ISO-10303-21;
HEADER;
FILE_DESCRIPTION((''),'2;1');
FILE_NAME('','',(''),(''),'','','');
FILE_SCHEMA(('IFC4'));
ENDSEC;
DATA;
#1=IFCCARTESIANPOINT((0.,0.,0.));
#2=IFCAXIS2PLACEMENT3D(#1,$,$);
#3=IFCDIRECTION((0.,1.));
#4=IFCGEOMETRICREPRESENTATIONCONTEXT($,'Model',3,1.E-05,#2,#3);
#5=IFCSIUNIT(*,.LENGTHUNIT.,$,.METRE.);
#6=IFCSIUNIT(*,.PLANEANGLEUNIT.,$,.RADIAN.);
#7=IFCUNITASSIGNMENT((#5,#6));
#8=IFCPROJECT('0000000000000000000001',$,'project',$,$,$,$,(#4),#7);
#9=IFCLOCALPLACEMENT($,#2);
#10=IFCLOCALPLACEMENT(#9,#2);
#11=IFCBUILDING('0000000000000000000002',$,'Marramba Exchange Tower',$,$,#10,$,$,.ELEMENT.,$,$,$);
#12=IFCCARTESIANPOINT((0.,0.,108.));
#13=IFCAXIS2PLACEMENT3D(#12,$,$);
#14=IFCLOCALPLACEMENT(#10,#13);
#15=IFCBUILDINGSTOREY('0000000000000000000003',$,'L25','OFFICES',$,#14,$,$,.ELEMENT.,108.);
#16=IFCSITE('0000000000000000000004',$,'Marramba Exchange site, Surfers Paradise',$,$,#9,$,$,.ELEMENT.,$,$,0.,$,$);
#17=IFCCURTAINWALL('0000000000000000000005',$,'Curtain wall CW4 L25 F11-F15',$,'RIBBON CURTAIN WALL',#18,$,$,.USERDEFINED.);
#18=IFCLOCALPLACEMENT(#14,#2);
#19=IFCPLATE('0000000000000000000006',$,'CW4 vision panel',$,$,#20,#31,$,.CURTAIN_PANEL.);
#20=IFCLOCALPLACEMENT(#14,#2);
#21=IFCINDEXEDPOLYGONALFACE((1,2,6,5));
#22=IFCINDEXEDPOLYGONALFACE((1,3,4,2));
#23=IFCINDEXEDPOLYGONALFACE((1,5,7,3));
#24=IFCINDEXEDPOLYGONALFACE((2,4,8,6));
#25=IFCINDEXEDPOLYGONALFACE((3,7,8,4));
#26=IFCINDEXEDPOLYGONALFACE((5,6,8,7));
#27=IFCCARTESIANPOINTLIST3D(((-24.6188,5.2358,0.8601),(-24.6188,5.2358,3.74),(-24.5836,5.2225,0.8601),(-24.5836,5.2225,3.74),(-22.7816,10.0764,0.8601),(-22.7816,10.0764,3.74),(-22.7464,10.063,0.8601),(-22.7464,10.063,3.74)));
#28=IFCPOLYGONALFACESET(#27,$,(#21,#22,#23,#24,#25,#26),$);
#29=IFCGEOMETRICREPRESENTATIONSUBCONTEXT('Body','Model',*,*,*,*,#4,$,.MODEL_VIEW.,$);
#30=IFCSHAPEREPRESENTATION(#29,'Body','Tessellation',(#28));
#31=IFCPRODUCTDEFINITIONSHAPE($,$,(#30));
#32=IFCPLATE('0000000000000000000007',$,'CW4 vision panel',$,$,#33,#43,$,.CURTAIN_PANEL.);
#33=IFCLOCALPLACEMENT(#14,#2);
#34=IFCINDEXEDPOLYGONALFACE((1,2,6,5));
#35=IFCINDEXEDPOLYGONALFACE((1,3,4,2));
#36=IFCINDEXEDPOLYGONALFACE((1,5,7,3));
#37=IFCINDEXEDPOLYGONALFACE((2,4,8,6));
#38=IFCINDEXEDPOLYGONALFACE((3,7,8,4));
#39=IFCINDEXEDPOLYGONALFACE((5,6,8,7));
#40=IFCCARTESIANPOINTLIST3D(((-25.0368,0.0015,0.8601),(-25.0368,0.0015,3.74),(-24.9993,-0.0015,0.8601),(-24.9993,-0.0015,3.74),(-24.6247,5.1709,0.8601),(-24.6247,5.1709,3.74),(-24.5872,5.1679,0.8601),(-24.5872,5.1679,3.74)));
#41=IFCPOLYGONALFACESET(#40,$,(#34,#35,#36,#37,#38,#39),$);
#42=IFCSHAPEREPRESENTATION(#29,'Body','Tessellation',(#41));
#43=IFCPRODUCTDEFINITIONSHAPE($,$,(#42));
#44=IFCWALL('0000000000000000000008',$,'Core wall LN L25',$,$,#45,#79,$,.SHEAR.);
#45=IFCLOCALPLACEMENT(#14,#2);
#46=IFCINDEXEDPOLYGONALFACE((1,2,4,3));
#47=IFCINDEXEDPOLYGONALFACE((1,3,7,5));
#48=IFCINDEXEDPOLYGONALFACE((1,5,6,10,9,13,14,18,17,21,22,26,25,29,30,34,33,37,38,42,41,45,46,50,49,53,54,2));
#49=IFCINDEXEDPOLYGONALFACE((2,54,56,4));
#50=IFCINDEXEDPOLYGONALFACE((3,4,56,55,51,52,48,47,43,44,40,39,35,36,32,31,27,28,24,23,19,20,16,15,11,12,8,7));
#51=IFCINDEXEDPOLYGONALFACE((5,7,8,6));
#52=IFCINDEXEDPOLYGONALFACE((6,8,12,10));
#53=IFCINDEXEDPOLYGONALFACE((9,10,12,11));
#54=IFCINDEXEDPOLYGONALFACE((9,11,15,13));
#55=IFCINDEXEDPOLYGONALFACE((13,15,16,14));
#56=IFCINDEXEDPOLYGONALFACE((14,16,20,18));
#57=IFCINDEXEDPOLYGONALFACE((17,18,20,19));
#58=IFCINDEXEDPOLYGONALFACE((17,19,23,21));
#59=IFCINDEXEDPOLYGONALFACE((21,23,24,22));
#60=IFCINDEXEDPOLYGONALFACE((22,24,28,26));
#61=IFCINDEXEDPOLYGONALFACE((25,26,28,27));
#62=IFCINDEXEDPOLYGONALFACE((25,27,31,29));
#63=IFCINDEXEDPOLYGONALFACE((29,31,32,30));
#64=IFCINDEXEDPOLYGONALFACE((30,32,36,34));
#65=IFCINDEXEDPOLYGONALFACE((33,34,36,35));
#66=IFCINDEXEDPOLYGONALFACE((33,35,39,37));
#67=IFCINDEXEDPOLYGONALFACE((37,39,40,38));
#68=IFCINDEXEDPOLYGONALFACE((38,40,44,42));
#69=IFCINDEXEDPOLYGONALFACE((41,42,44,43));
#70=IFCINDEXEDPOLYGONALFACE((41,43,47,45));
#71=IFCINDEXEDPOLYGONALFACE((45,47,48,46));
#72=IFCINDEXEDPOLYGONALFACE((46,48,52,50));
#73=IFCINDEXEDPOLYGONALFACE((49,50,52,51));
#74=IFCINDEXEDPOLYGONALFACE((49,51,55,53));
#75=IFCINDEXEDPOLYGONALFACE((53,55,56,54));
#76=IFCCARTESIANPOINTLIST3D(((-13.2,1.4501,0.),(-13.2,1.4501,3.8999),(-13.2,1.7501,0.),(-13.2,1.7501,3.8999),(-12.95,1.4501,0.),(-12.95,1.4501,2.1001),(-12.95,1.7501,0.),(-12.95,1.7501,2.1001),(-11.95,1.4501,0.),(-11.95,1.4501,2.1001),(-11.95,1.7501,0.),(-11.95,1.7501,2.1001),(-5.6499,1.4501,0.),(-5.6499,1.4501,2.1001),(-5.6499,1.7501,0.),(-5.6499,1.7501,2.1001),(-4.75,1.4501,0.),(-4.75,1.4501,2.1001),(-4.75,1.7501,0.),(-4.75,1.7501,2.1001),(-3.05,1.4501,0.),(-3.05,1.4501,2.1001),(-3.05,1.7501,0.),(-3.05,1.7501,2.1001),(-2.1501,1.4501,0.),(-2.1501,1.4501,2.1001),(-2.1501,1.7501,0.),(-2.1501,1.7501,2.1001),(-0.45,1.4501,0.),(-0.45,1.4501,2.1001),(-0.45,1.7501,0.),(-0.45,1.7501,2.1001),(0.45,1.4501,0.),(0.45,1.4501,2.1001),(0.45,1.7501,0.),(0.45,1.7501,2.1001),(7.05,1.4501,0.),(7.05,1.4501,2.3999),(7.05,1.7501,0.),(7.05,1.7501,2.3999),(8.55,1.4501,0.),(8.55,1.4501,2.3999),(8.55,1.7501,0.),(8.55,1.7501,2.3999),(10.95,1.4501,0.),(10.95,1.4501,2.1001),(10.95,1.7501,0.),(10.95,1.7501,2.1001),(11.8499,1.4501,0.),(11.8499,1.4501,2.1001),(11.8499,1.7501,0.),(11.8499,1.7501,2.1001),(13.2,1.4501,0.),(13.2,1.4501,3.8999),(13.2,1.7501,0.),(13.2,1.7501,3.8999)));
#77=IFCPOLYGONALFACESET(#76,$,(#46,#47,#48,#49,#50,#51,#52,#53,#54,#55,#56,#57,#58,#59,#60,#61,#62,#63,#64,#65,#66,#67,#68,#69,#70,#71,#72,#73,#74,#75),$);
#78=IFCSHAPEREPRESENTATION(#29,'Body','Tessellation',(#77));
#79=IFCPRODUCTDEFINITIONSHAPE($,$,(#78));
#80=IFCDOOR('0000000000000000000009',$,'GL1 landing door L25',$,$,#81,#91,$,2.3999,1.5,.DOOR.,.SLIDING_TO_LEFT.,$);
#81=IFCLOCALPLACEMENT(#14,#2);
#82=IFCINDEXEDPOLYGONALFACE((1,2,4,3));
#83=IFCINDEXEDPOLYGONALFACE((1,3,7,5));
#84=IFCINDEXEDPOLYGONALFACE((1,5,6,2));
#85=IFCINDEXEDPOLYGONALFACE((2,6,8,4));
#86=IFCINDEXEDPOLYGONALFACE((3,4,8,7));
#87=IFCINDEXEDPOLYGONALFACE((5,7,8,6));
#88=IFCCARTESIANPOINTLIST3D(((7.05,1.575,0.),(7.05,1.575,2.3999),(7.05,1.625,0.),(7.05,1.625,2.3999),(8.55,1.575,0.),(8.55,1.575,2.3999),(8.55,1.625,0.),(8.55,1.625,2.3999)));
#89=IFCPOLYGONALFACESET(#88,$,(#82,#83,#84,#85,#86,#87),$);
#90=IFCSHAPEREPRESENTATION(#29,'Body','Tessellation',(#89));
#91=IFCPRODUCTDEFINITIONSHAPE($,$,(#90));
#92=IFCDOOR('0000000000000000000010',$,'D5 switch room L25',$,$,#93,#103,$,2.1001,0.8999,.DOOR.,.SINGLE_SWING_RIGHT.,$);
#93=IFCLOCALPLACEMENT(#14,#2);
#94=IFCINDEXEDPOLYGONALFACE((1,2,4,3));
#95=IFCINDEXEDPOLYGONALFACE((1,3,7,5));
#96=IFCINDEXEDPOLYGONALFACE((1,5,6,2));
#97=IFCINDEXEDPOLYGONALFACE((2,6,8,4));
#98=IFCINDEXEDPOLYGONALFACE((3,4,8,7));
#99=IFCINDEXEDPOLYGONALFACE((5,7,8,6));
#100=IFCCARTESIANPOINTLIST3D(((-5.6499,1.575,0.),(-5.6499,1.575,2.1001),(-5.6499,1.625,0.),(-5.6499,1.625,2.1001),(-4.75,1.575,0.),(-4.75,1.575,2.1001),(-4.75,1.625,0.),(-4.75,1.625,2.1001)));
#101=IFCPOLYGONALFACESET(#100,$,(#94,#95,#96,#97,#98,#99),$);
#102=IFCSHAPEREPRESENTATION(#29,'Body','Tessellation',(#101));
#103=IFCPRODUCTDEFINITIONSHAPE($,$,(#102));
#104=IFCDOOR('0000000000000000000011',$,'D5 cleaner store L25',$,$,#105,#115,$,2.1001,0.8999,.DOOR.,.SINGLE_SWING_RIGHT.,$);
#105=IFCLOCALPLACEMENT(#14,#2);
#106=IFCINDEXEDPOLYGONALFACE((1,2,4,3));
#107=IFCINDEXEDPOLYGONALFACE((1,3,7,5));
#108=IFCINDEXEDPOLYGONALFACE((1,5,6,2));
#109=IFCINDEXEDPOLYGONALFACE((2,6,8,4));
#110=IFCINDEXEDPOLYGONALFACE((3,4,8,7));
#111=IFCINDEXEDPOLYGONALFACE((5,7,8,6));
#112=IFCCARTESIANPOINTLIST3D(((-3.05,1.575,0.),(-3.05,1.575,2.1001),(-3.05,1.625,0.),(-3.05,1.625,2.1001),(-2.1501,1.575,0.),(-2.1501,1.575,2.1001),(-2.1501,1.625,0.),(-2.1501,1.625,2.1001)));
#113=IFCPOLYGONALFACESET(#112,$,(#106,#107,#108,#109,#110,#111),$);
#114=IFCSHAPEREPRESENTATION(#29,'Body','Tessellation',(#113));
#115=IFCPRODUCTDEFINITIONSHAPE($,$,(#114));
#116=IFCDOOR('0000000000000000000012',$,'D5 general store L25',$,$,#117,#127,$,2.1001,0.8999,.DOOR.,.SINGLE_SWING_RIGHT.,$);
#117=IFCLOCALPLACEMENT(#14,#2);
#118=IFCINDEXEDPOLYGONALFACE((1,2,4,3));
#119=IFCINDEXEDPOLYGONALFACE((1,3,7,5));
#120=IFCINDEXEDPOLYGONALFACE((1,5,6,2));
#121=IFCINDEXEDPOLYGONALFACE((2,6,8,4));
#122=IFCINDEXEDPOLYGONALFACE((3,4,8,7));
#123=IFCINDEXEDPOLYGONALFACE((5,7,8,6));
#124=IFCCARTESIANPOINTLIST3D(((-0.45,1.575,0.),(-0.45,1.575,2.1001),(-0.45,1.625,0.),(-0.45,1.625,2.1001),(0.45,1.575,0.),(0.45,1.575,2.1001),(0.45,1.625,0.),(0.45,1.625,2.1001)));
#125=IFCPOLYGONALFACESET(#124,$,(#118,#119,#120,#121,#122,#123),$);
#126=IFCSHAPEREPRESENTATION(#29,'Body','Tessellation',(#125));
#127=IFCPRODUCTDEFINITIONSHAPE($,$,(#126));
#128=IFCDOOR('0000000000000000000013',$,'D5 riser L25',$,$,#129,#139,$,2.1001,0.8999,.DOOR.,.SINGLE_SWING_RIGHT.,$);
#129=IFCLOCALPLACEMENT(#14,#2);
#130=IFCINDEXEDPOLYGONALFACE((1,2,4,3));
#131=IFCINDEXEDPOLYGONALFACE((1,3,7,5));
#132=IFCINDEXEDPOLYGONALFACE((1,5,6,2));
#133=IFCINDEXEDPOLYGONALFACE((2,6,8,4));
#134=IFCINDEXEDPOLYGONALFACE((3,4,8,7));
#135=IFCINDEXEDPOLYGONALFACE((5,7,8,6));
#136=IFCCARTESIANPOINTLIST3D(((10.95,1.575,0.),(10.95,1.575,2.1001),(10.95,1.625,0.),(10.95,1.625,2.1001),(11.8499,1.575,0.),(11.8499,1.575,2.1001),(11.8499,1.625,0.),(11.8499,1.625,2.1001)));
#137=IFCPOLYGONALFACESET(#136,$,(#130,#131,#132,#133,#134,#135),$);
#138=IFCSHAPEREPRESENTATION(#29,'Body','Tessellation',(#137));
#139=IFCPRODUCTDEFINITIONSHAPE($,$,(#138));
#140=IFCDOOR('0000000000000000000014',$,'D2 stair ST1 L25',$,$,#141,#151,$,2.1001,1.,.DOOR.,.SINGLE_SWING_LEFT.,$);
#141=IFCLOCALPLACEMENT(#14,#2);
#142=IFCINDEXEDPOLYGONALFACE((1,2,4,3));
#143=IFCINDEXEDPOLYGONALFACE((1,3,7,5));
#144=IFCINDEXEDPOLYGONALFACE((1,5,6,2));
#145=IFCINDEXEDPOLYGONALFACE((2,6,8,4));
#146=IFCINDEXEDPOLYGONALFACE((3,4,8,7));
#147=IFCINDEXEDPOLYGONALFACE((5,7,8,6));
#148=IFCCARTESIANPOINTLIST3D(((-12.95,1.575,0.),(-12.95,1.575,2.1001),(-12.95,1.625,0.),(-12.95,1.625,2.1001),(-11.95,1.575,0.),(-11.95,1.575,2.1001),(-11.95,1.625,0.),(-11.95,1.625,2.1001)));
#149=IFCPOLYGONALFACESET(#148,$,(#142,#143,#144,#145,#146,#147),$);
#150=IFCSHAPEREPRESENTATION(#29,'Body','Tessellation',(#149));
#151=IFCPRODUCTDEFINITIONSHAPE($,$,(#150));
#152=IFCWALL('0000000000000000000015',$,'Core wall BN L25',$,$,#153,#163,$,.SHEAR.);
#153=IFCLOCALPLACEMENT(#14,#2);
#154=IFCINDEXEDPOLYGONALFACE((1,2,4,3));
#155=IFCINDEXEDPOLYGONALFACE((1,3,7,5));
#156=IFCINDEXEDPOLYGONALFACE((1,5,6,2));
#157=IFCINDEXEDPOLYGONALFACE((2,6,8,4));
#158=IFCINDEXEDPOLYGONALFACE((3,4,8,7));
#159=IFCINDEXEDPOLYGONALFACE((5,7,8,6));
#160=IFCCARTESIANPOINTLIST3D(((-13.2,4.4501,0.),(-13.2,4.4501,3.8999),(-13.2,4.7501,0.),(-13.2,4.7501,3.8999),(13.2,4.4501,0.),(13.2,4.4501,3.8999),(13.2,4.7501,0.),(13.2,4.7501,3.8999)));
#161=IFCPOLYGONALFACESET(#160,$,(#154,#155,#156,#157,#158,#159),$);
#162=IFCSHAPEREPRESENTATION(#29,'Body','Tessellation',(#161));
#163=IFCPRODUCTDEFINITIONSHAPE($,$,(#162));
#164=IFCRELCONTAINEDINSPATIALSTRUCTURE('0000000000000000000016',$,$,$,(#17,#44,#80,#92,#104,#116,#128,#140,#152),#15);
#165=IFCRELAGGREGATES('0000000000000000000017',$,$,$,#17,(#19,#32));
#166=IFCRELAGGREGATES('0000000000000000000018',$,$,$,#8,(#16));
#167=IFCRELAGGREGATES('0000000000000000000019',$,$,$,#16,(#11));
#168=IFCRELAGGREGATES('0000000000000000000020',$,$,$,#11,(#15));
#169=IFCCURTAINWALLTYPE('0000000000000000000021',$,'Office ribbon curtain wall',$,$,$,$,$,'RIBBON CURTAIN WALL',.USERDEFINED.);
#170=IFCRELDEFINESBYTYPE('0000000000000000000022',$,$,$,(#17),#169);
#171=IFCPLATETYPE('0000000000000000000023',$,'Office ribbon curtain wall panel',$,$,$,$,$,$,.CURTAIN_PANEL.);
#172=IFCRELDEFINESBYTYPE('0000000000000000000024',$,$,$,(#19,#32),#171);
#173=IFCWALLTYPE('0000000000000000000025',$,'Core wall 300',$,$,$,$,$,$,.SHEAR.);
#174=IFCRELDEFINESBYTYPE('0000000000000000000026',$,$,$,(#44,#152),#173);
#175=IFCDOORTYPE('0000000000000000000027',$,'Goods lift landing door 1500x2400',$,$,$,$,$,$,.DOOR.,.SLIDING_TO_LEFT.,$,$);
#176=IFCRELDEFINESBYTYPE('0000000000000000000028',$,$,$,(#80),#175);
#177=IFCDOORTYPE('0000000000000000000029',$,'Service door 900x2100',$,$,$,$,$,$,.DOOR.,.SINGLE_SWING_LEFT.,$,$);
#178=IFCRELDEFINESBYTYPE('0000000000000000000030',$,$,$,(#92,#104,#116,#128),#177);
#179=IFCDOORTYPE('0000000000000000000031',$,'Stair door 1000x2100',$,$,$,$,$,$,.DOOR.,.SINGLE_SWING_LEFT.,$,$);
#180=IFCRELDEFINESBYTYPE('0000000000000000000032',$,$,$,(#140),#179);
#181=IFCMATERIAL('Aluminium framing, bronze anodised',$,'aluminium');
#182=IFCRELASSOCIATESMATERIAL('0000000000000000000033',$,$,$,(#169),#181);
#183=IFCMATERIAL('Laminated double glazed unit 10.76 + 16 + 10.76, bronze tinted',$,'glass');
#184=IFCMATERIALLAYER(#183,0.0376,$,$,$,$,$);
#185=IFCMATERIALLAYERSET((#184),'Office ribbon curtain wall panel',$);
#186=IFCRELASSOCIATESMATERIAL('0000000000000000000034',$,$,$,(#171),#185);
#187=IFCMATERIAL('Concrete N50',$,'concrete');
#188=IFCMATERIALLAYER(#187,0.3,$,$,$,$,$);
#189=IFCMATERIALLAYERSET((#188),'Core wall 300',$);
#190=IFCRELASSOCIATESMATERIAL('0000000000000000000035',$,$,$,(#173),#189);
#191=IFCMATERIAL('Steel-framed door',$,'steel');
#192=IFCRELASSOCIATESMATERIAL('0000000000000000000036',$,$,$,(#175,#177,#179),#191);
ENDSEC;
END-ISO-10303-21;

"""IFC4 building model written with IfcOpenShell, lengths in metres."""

from ifc_helpers import new_model, si_unit, direction, frame, frame_2d, origin, origin_2d, place, context, subcontext, project, spatial, rectangle, extrude, material, layer, layer_set, type_object, element, fill, aggregate, save


model = new_model("IFC4")

# Units and contexts
model_context = context("Model", 3, precision=1e-05, world=origin(), true_north=direction((0.0, 1.0)))
body_context = subcontext(model_context, "Body", "Model", "MODEL_VIEW")
ifc_project = project(units=[si_unit("LENGTHUNIT", "METRE"), si_unit("PLANEANGLEUNIT", "RADIAN")], contexts=[model_context])

# Site, building, storey
site_placement = place(None, origin())
site = spatial("IfcSite", under=ifc_project, at=site_placement, Name="Marramba Exchange site, Surfers Paradise", CompositionType="ELEMENT", RefElevation=0.0)
building_placement = place(site_placement, origin())
building = spatial("IfcBuilding", under=site, at=building_placement, Name="Marramba Exchange Tower", CompositionType="ELEMENT")
storey_placement = place(building_placement, frame((0.0, 0.0, 108.0)))
storey = spatial("IfcBuildingStorey", under=building, at=storey_placement, Name="L25", Description="OFFICES", CompositionType="ELEMENT", Elevation=108.0)

# Shared definitions
ifc_material_1 = material(Name="Concrete N50", Category="concrete")

# Curtain wall
ifc_material_2 = material(Name="Aluminium framing, bronze anodised", Category="aluminium")
curtain_wall_type = type_object("IfcCurtainWallType", Name="Office ribbon curtain wall", ElementType="RIBBON CURTAIN WALL", PredefinedType="USERDEFINED", material=ifc_material_2)
curtain_wall_placement = place(storey_placement, origin())
curtain_wall = element("IfcCurtainWall", 1, at=curtain_wall_placement, inside=storey, type_object=curtain_wall_type, Name="Curtain wall CW4 L25 F11-F15", ObjectType="RIBBON CURTAIN WALL", PredefinedType="USERDEFINED")

# Plates
ifc_material_3 = material(Name="Laminated double glazed unit 10.76 + 16 + 10.76, bronze tinted", Category="glass")
ifc_layer_1 = layer(ifc_material_3, 0.0376)
ifc_layer_set_1 = layer_set([ifc_layer_1], Name="Office ribbon curtain wall panel")
plate_type = type_object("IfcPlateType", Name="Office ribbon curtain wall panel", PredefinedType="CURTAIN_PANEL", material=ifc_layer_set_1)
plate_1_placement = place(storey_placement, frame((-23.6826, 7.6494, 0.8601), z_axis=(0.0, 0.0, 1.0), x_axis=(-0.354844, -0.934925, 0.0)))
plate_1 = element("IfcPlate", 2, at=plate_1_placement, type_object=plate_type, Name="CW4 vision panel", PredefinedType="CURTAIN_PANEL", context=body_context, shape_type="SweptSolid", body=[
    extrude(rectangle(XDim=5.1775, YDim=0.0376, at=origin_2d()), origin(), (0.0, 0.0, 1.0), 2.8799),
])
plate_2_placement = place(storey_placement, frame((-24.812, 2.5847, 0.8601), z_axis=(0.0, 0.0, 1.0), x_axis=(-0.07946, -0.996838, 0.0)))
plate_2 = element("IfcPlate", 3, at=plate_2_placement, type_object=plate_type, Name="CW4 vision panel", PredefinedType="CURTAIN_PANEL", context=body_context, shape_type="SweptSolid", body=[
    extrude(rectangle(XDim=5.1858, YDim=0.0376, at=origin_2d()), origin(), (0.0, 0.0, 1.0), 2.8799),
])
aggregate(curtain_wall, [plate_1, plate_2])

# Shared definitions
ifc_material_4 = material(Name="Steel-framed door", Category="steel")

# Wall, openings, doors
ifc_layer_2 = layer(ifc_material_1, 0.3)
ifc_layer_set_2 = layer_set([ifc_layer_2], Name="Core wall 300")
wall_type_1 = type_object("IfcWallType", Name="Core wall 300", PredefinedType="SHEAR", material=ifc_layer_set_2)
wall_1_placement = place(storey_placement, frame((-13.2, 1.6001, 0.0), z_axis=(0.0, 0.0, 1.0), x_axis=(1.0, 0.0, 0.0)))
wall_1 = element("IfcWall", 4, at=wall_1_placement, inside=storey, type_object=wall_type_1, Name="Core wall LN L25", PredefinedType="SHEAR", context=body_context, shape_type="SweptSolid", body=[
    extrude(rectangle(XDim=26.3999, YDim=0.3, at=frame_2d((13.2, 0.0))), origin(), (0.0, 0.0, 1.0), 3.8999),
])
opening_1_placement = place(wall_1_placement, frame((0.25, 0.0, 0.0)))
opening_1 = element("IfcOpeningElement", 5, at=opening_1_placement, cuts=wall_1, PredefinedType="OPENING", context=body_context, shape_type="SweptSolid", body=[
    extrude(rectangle(XDim=1.0, YDim=2.1001, at=frame_2d((0.5, 1.05))), frame((0.0, 0.1599, 0.0), z_axis=(0.0, -1.0, 0.0), x_axis=(1.0, 0.0, 0.0)), (0.0, 0.0, 1.0), 0.3201),
])
opening_2_placement = place(wall_1_placement, frame((20.25, 0.0, 0.0)))
opening_2 = element("IfcOpeningElement", 6, at=opening_2_placement, cuts=wall_1, PredefinedType="OPENING", context=body_context, shape_type="SweptSolid", body=[
    extrude(rectangle(XDim=1.5, YDim=2.3999, at=frame_2d((0.75, 1.2))), frame((0.0, 0.1599, 0.0), z_axis=(0.0, -1.0, 0.0), x_axis=(1.0, 0.0, 0.0)), (0.0, 0.0, 1.0), 0.3201),
])
opening_3_placement = place(wall_1_placement, frame((7.55, 0.0, 0.0)))
opening_3 = element("IfcOpeningElement", 7, at=opening_3_placement, cuts=wall_1, PredefinedType="OPENING", context=body_context, shape_type="SweptSolid", body=[
    extrude(rectangle(XDim=0.8999, YDim=2.1001, at=frame_2d((0.45, 1.05))), frame((0.0, 0.1599, 0.0), z_axis=(0.0, -1.0, 0.0), x_axis=(1.0, 0.0, 0.0)), (0.0, 0.0, 1.0), 0.3201),
])
opening_4_placement = place(wall_1_placement, frame((10.1499, 0.0, 0.0)))
opening_4 = element("IfcOpeningElement", 8, at=opening_4_placement, cuts=wall_1, PredefinedType="OPENING", context=body_context, shape_type="SweptSolid", body=[
    extrude(rectangle(XDim=0.8999, YDim=2.1001, at=frame_2d((0.45, 1.05))), frame((0.0, 0.1599, 0.0), z_axis=(0.0, -1.0, 0.0), x_axis=(1.0, 0.0, 0.0)), (0.0, 0.0, 1.0), 0.3201),
])
opening_5_placement = place(wall_1_placement, frame((12.75, 0.0, 0.0)))
opening_5 = element("IfcOpeningElement", 9, at=opening_5_placement, cuts=wall_1, PredefinedType="OPENING", context=body_context, shape_type="SweptSolid", body=[
    extrude(rectangle(XDim=0.8999, YDim=2.1001, at=frame_2d((0.45, 1.05))), frame((0.0, 0.1599, 0.0), z_axis=(0.0, -1.0, 0.0), x_axis=(1.0, 0.0, 0.0)), (0.0, 0.0, 1.0), 0.3201),
])
opening_6_placement = place(wall_1_placement, frame((24.1499, 0.0, 0.0)))
opening_6 = element("IfcOpeningElement", 10, at=opening_6_placement, cuts=wall_1, PredefinedType="OPENING", context=body_context, shape_type="SweptSolid", body=[
    extrude(rectangle(XDim=0.8999, YDim=2.1001, at=frame_2d((0.45, 1.05))), frame((0.0, 0.1599, 0.0), z_axis=(0.0, -1.0, 0.0), x_axis=(1.0, 0.0, 0.0)), (0.0, 0.0, 1.0), 0.3201),
])
door_type_1 = type_object("IfcDoorType", Name="Goods lift landing door 1500x2400", OperationType="SLIDING_TO_LEFT", PredefinedType="DOOR", material=ifc_material_4)
door_1_placement = place(opening_2_placement, origin())
door_1 = element("IfcDoor", 11, at=door_1_placement, inside=storey, type_object=door_type_1, Name="GL1 landing door L25", OperationType="SLIDING_TO_LEFT", OverallHeight=2.3999, OverallWidth=1.5, PredefinedType="DOOR", context=body_context, shape_type="SweptSolid", body=[
    extrude(rectangle(XDim=1.5, YDim=2.3999, at=frame_2d((0.75, 1.2))), frame((0.0, 0.0249, 0.0), z_axis=(0.0, -1.0, 0.0), x_axis=(1.0, 0.0, 0.0)), (0.0, 0.0, 1.0), 0.05),
])
fill(opening_2, door_1)
door_type_2 = type_object("IfcDoorType", Name="Service door 900x2100", OperationType="SINGLE_SWING_LEFT", PredefinedType="DOOR", material=ifc_material_4)
door_2_placement = place(opening_3_placement, origin())
door_2 = element("IfcDoor", 12, at=door_2_placement, inside=storey, type_object=door_type_2, Name="D5 switch room L25", OperationType="SINGLE_SWING_RIGHT", OverallHeight=2.1001, OverallWidth=0.8999, PredefinedType="DOOR", context=body_context, shape_type="SweptSolid", body=[
    extrude(rectangle(XDim=0.8999, YDim=2.1001, at=frame_2d((0.45, 1.05))), frame((0.0, 0.0249, 0.0), z_axis=(0.0, -1.0, 0.0), x_axis=(1.0, 0.0, 0.0)), (0.0, 0.0, 1.0), 0.05),
])
fill(opening_3, door_2)
door_3_placement = place(opening_4_placement, origin())
door_3 = element("IfcDoor", 13, at=door_3_placement, inside=storey, type_object=door_type_2, Name="D5 cleaner store L25", OperationType="SINGLE_SWING_RIGHT", OverallHeight=2.1001, OverallWidth=0.8999, PredefinedType="DOOR", context=body_context, shape_type="SweptSolid", body=[
    extrude(rectangle(XDim=0.8999, YDim=2.1001, at=frame_2d((0.45, 1.05))), frame((0.0, 0.0249, 0.0), z_axis=(0.0, -1.0, 0.0), x_axis=(1.0, 0.0, 0.0)), (0.0, 0.0, 1.0), 0.05),
])
fill(opening_4, door_3)
door_4_placement = place(opening_5_placement, origin())
door_4 = element("IfcDoor", 14, at=door_4_placement, inside=storey, type_object=door_type_2, Name="D5 general store L25", OperationType="SINGLE_SWING_RIGHT", OverallHeight=2.1001, OverallWidth=0.8999, PredefinedType="DOOR", context=body_context, shape_type="SweptSolid", body=[
    extrude(rectangle(XDim=0.8999, YDim=2.1001, at=frame_2d((0.45, 1.05))), frame((0.0, 0.0249, 0.0), z_axis=(0.0, -1.0, 0.0), x_axis=(1.0, 0.0, 0.0)), (0.0, 0.0, 1.0), 0.05),
])
fill(opening_5, door_4)
door_5_placement = place(opening_6_placement, origin())
door_5 = element("IfcDoor", 15, at=door_5_placement, inside=storey, type_object=door_type_2, Name="D5 riser L25", OperationType="SINGLE_SWING_RIGHT", OverallHeight=2.1001, OverallWidth=0.8999, PredefinedType="DOOR", context=body_context, shape_type="SweptSolid", body=[
    extrude(rectangle(XDim=0.8999, YDim=2.1001, at=frame_2d((0.45, 1.05))), frame((0.0, 0.0249, 0.0), z_axis=(0.0, -1.0, 0.0), x_axis=(1.0, 0.0, 0.0)), (0.0, 0.0, 1.0), 0.05),
])
fill(opening_6, door_5)
door_type_3 = type_object("IfcDoorType", Name="Stair door 1000x2100", OperationType="SINGLE_SWING_LEFT", PredefinedType="DOOR", material=ifc_material_4)
door_6_placement = place(opening_1_placement, origin())
door_6 = element("IfcDoor", 16, at=door_6_placement, inside=storey, type_object=door_type_3, Name="D2 stair ST1 L25", OperationType="SINGLE_SWING_LEFT", OverallHeight=2.1001, OverallWidth=1.0, PredefinedType="DOOR", context=body_context, shape_type="SweptSolid", body=[
    extrude(rectangle(XDim=1.0, YDim=2.1001, at=frame_2d((0.5, 1.05))), frame((0.0, 0.0249, 0.0), z_axis=(0.0, -1.0, 0.0), x_axis=(1.0, 0.0, 0.0)), (0.0, 0.0, 1.0), 0.05),
])
fill(opening_1, door_6)

# Wall
wall_2_placement = place(storey_placement, frame((-13.2, 4.6001, 0.0), z_axis=(0.0, 0.0, 1.0), x_axis=(1.0, 0.0, 0.0)))
element("IfcWall", 17, at=wall_2_placement, inside=storey, type_object=wall_type_1, Name="Core wall BN L25", PredefinedType="SHEAR", context=body_context, shape_type="SweptSolid", body=[
    extrude(rectangle(XDim=26.3999, YDim=0.3, at=frame_2d((13.2, 0.0))), origin(), (0.0, 0.0, 1.0), 3.8999),
])

save(model, "model.ifc")
